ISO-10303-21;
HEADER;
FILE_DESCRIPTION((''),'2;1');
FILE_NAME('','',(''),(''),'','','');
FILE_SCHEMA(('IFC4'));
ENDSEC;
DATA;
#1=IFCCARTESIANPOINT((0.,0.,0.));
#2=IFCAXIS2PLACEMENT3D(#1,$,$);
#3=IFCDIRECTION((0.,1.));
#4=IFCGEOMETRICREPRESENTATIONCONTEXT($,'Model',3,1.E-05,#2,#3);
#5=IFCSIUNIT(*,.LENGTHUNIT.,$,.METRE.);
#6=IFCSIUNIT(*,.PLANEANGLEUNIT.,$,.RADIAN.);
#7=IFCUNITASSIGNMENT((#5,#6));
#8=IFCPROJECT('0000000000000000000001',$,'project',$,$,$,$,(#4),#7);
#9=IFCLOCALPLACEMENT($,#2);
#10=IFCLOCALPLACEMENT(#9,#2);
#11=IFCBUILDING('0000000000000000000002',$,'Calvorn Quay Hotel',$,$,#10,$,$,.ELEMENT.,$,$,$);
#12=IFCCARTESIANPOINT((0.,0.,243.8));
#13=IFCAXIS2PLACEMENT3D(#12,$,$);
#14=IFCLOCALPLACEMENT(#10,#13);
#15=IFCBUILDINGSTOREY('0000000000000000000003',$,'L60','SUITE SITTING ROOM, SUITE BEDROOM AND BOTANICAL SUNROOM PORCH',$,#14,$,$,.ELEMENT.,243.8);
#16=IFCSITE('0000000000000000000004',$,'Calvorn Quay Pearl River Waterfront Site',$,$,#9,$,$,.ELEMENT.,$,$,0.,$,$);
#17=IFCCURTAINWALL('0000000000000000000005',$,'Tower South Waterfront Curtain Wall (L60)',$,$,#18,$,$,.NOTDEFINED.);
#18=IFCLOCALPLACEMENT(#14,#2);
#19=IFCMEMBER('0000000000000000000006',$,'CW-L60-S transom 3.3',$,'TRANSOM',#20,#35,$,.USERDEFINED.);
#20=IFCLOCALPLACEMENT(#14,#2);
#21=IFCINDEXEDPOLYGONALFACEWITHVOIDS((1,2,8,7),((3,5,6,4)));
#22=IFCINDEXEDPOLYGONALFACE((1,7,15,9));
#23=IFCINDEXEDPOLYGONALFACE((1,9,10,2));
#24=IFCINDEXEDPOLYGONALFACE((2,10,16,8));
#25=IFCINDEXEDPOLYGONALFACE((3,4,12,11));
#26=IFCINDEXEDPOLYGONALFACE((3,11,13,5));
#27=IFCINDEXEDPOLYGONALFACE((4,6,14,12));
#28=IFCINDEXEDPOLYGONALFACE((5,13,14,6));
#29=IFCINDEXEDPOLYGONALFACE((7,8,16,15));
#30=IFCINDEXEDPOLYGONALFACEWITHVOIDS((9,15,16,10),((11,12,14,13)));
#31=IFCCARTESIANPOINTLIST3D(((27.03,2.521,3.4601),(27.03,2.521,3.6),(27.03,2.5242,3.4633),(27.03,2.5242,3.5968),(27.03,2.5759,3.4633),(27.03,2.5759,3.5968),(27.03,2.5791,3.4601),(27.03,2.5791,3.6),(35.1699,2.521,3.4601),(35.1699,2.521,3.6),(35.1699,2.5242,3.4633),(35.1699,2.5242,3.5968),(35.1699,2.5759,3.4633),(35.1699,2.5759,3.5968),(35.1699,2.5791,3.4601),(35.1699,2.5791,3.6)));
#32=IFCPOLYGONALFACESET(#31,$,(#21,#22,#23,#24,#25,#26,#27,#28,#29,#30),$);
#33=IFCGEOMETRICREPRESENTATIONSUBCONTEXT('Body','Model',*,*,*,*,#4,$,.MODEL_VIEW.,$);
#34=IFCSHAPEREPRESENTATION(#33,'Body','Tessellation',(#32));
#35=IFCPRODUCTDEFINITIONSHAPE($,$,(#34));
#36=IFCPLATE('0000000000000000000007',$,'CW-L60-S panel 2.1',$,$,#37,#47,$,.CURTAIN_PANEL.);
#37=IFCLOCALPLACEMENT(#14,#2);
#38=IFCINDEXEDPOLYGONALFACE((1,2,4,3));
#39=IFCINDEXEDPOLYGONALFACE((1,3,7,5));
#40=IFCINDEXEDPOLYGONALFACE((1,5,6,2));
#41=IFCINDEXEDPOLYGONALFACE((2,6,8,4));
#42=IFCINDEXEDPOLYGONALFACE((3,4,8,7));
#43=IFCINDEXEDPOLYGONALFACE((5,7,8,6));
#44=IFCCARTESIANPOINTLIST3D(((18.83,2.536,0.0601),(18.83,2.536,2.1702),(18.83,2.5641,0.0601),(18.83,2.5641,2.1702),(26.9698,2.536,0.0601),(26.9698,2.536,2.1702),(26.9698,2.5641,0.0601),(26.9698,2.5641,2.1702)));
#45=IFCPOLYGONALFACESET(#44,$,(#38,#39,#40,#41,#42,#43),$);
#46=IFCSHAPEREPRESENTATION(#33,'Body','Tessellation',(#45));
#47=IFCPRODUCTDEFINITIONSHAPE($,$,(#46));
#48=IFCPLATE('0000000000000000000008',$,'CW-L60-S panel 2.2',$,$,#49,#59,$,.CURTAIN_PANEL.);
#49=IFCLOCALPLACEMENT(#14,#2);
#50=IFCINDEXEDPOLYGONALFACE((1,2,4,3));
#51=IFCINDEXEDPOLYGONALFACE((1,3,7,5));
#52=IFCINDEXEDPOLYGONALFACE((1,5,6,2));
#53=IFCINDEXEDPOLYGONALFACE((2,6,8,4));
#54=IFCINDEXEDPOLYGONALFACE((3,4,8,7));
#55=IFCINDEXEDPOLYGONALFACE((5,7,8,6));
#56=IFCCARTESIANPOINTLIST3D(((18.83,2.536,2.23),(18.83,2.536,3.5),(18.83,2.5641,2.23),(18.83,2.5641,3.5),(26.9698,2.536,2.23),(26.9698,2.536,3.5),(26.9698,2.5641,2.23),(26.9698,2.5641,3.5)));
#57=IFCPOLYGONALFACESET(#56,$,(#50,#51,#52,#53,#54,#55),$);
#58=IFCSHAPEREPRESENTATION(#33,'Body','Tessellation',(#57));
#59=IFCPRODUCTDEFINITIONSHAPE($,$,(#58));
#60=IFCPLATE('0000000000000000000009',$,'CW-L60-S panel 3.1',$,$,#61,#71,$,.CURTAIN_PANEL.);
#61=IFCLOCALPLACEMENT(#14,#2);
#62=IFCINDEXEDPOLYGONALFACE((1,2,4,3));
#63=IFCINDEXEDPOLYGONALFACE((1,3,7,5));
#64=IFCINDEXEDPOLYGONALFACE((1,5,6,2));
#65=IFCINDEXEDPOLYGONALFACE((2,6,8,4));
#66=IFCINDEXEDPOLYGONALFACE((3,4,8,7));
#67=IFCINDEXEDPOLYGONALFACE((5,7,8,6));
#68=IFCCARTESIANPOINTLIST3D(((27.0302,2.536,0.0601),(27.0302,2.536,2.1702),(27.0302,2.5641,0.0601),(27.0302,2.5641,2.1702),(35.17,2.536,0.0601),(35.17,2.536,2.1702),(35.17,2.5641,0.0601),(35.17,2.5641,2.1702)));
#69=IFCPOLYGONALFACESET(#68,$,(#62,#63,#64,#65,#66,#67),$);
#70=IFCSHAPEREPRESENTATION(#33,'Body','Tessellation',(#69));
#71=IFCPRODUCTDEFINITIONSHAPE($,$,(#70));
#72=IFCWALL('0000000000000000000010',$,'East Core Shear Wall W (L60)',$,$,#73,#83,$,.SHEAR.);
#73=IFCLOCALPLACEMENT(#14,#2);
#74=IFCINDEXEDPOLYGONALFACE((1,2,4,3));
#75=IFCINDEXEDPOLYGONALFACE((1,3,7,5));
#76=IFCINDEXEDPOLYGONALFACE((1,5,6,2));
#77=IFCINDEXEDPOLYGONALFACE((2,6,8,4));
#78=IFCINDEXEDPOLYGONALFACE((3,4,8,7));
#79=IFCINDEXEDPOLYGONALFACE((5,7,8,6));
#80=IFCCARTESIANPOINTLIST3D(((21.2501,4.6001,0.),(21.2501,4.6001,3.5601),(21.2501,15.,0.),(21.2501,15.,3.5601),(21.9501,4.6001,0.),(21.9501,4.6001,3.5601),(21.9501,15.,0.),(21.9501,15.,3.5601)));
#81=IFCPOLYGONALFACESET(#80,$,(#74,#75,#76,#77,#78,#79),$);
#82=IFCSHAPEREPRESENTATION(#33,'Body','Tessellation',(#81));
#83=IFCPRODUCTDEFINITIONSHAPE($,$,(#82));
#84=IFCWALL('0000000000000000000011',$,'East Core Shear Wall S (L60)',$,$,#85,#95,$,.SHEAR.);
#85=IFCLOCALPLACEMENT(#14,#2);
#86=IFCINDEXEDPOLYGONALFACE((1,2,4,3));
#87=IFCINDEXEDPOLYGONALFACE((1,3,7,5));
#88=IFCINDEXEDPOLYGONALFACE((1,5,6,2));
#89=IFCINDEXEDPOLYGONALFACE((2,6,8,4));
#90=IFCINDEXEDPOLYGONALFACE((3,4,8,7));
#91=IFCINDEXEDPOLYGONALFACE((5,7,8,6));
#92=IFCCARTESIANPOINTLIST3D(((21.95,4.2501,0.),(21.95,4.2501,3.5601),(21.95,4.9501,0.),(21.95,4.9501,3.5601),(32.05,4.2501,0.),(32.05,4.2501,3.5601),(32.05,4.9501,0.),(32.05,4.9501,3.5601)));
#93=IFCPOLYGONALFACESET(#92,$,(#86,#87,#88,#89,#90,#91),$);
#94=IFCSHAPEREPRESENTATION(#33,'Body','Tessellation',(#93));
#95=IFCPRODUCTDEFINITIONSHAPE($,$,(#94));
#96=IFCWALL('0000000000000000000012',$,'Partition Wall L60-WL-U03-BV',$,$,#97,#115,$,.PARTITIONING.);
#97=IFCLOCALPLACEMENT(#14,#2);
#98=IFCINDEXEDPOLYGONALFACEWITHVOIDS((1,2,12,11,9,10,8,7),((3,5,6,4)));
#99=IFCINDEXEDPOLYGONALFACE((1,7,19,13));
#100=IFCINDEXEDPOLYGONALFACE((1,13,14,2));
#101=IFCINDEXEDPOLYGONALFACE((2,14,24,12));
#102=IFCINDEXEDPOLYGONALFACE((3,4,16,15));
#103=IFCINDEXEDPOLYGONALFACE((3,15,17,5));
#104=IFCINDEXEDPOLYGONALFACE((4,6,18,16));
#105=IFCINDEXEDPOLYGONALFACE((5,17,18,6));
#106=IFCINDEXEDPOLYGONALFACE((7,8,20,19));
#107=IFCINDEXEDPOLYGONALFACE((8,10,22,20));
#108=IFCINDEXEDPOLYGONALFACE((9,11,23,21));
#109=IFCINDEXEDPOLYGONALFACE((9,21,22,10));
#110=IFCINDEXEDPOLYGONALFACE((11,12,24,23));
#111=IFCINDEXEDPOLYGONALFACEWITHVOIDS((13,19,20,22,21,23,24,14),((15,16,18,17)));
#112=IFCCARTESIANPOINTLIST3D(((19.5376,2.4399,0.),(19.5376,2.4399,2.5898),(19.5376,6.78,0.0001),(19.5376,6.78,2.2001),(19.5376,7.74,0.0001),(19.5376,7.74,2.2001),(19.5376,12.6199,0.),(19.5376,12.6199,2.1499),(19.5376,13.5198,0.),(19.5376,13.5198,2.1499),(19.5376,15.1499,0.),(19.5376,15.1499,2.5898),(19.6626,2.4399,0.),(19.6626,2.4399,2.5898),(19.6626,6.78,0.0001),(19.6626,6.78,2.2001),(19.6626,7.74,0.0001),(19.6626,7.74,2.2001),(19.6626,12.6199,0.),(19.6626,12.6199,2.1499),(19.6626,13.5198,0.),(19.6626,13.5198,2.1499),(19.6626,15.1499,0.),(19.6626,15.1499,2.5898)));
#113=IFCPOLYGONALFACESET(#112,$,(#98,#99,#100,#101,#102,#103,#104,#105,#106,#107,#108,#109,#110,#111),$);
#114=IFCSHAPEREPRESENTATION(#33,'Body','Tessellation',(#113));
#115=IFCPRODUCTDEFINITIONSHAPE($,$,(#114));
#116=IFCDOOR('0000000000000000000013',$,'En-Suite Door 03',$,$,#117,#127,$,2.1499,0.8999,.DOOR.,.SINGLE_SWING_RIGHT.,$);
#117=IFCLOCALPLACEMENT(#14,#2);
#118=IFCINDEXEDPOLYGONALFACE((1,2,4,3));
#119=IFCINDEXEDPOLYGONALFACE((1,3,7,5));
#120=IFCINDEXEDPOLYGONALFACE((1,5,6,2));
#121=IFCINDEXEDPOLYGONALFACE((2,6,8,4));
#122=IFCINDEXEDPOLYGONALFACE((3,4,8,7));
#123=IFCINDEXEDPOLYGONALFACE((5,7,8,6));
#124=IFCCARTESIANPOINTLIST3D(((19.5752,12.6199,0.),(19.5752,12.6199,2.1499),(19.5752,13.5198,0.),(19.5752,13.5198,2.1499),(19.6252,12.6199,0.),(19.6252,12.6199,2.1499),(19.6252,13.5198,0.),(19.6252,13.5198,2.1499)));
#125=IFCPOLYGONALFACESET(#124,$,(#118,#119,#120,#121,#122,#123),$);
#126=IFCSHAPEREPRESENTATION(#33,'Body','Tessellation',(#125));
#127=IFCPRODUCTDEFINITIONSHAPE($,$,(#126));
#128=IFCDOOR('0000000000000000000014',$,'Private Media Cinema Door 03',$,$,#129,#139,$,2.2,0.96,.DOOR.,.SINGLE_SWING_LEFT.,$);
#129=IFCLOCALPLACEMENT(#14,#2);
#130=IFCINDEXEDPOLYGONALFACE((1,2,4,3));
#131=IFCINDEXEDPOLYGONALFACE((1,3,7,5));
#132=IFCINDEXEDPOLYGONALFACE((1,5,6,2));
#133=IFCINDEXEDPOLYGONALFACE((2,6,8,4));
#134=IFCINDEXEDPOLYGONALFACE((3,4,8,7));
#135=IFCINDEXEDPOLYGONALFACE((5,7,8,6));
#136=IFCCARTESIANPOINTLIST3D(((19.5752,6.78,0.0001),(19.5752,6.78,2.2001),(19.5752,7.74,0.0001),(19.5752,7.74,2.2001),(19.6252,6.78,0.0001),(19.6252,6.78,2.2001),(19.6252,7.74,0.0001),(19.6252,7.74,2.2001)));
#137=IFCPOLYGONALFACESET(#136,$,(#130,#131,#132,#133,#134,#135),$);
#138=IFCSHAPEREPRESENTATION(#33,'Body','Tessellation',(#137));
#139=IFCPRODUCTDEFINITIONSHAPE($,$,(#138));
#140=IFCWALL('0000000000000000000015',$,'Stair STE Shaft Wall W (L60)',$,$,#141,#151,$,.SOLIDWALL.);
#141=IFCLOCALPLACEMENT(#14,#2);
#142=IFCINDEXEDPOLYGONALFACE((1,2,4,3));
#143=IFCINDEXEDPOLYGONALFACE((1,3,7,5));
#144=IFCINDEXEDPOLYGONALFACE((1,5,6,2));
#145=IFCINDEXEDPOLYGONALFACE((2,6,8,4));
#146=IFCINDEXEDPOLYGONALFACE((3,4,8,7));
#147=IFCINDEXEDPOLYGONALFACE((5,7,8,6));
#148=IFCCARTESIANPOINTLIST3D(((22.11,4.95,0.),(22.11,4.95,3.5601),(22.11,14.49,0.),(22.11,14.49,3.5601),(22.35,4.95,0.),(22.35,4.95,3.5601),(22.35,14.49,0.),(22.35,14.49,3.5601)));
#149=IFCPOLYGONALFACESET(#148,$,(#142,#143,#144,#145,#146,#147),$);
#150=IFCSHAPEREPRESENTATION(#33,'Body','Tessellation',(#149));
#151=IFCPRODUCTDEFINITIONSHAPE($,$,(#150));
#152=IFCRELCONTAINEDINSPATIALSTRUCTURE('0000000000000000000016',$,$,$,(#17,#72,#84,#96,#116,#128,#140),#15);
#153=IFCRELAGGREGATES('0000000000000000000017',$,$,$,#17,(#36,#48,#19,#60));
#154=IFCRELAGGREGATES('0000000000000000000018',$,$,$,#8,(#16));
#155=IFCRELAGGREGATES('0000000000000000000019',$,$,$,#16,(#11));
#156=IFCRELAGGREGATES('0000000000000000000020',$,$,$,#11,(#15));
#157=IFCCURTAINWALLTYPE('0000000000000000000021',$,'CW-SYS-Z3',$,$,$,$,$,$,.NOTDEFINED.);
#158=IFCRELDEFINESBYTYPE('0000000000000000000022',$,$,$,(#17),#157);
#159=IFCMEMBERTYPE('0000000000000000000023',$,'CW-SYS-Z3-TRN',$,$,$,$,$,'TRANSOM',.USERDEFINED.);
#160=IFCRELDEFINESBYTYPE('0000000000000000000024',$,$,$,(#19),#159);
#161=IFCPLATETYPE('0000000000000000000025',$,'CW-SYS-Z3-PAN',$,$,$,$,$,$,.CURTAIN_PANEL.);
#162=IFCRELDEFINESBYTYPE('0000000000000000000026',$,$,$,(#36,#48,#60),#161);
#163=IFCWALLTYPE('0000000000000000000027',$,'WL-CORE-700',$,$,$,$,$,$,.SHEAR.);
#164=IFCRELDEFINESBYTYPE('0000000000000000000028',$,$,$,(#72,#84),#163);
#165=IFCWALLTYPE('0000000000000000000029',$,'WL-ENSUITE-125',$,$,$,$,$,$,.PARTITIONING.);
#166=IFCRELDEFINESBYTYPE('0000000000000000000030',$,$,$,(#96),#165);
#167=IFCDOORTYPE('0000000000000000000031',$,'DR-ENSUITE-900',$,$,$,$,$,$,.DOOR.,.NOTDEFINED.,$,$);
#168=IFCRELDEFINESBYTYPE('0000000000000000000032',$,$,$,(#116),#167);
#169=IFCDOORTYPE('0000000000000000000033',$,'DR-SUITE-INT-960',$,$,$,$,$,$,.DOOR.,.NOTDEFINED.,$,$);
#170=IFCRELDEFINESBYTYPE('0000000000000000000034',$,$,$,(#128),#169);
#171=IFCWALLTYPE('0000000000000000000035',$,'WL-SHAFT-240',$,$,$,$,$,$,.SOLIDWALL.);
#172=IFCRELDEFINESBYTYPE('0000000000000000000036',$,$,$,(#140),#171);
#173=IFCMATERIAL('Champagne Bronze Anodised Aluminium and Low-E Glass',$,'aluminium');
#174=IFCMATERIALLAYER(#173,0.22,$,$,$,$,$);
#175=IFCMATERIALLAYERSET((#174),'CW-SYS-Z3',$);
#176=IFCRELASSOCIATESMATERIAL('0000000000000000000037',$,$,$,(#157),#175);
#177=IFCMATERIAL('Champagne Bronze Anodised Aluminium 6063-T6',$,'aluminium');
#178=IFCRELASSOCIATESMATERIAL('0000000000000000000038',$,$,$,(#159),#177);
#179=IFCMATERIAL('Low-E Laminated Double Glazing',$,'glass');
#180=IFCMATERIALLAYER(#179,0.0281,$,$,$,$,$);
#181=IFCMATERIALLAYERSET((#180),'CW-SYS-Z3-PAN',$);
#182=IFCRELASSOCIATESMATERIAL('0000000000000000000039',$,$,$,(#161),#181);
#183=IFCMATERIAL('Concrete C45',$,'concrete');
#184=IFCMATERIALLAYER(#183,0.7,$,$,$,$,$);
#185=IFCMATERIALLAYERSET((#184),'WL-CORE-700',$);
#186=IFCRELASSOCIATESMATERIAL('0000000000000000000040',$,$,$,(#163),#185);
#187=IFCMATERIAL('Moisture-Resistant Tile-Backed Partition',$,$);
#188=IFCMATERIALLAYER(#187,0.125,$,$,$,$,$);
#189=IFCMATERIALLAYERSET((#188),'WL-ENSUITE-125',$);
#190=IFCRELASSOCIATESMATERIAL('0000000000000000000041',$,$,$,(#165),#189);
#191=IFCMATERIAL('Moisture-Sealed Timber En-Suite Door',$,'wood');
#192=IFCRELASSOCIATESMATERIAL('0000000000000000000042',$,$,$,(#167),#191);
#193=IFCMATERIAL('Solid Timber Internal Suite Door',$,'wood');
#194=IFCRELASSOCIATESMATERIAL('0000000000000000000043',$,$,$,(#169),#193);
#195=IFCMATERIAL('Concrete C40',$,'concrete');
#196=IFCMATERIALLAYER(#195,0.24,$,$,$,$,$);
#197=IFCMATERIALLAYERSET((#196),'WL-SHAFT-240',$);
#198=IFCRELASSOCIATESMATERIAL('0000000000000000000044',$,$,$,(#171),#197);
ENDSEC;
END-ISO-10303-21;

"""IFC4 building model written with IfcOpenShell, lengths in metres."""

from ifc_helpers import new_model, si_unit, direction, frame, frame_2d, origin, origin_2d, place, context, subcontext, project, spatial, rectangle, hollow_rectangle, extrude, material, layer, layer_set, material_profile, profile_set, type_object, element, fill, aggregate, save


model = new_model("IFC4")

# Units and contexts
model_context = context("Model", 3, precision=1e-05, world=origin(), true_north=direction((0.0, 1.0)))
body_context = subcontext(model_context, "Body", "Model", "MODEL_VIEW")
ifc_project = project(units=[si_unit("LENGTHUNIT", "METRE"), si_unit("PLANEANGLEUNIT", "RADIAN")], contexts=[model_context])

# Site, building, storey
site_placement = place(None, origin())
site = spatial("IfcSite", under=ifc_project, at=site_placement, Name="Calvorn Quay Pearl River Waterfront Site", CompositionType="ELEMENT", RefElevation=0.0)
building_placement = place(site_placement, origin())
building = spatial("IfcBuilding", under=site, at=building_placement, Name="Calvorn Quay Hotel", CompositionType="ELEMENT")
storey_placement = place(building_placement, frame((0.0, 0.0, 243.8)))
storey = spatial("IfcBuildingStorey", under=building, at=storey_placement, Name="L60", Description="SUITE SITTING ROOM, SUITE BEDROOM AND BOTANICAL SUNROOM PORCH", CompositionType="ELEMENT", Elevation=243.8)

# Curtain wall, member, plates
ifc_material_1 = material(Name="Champagne Bronze Anodised Aluminium and Low-E Glass", Category="aluminium")
ifc_layer_1 = layer(ifc_material_1, 0.22)
ifc_layer_set_1 = layer_set([ifc_layer_1], Name="CW-SYS-Z3")
curtain_wall_type = type_object("IfcCurtainWallType", Name="CW-SYS-Z3", PredefinedType="NOTDEFINED", material=ifc_layer_set_1)
curtain_wall_placement = place(storey_placement, origin())
curtain_wall = element("IfcCurtainWall", 1, at=curtain_wall_placement, inside=storey, type_object=curtain_wall_type, Name="Tower South Waterfront Curtain Wall (L60)", PredefinedType="NOTDEFINED")
ifc_material_2 = material(Name="Champagne Bronze Anodised Aluminium 6063-T6", Category="aluminium")
ifc_material_profile_1 = material_profile(ifc_material_2, hollow_rectangle(XDim=0.0581, YDim=0.1399, WallThickness=0.0032, at=origin_2d()), Name="ALU-T140x58x3.2")
ifc_profile_set_1 = profile_set([ifc_material_profile_1], Name="Champagne Bronze Anodised Aluminium 6063-T6")
member_type_1 = type_object("IfcMemberType", Name="CW-SYS-Z3-TRN", ElementType="TRANSOM", PredefinedType="USERDEFINED", material=ifc_profile_set_1)
member_1_placement = place(storey_placement, frame((27.03, 2.55, 3.53), z_axis=(1.0, 0.0, 0.0), x_axis=(0.0, 1.0, 0.0)))
member_1 = element("IfcMember", 2, at=member_1_placement, type_object=member_type_1, Name="CW-L60-S transom 3.3", ObjectType="TRANSOM", PredefinedType="USERDEFINED", context=body_context, shape_type="SweptSolid", body=[
    extrude(hollow_rectangle(XDim=0.0581, YDim=0.1399, WallThickness=0.0032, at=origin_2d()), origin(), (0.0, 0.0, 1.0), 8.1399),
])
ifc_material_3 = material(Name="Low-E Laminated Double Glazing", Category="glass")
ifc_layer_2 = layer(ifc_material_3, 0.0281)
ifc_layer_set_2 = layer_set([ifc_layer_2], Name="CW-SYS-Z3-PAN")
plate_type = type_object("IfcPlateType", Name="CW-SYS-Z3-PAN", PredefinedType="CURTAIN_PANEL", material=ifc_layer_set_2)
plate_1_placement = place(storey_placement, frame((22.8999, 2.55, 0.0601), z_axis=(0.0, 0.0, 1.0), x_axis=(1.0, 0.0, 0.0)))
plate_1 = element("IfcPlate", 3, at=plate_1_placement, type_object=plate_type, Name="CW-L60-S panel 2.1", PredefinedType="CURTAIN_PANEL", context=body_context, shape_type="SweptSolid", body=[
    extrude(rectangle(XDim=8.1399, YDim=0.0281, at=origin_2d()), origin(), (0.0, 0.0, 1.0), 2.1101),
])
plate_2_placement = place(storey_placement, frame((22.8999, 2.55, 2.23), z_axis=(0.0, 0.0, 1.0), x_axis=(1.0, 0.0, 0.0)))
plate_2 = element("IfcPlate", 4, at=plate_2_placement, type_object=plate_type, Name="CW-L60-S panel 2.2", PredefinedType="CURTAIN_PANEL", context=body_context, shape_type="SweptSolid", body=[
    extrude(rectangle(XDim=8.1399, YDim=0.0281, at=origin_2d()), origin(), (0.0, 0.0, 1.0), 1.27),
])
plate_3_placement = place(storey_placement, frame((31.1001, 2.55, 0.0601), z_axis=(0.0, 0.0, 1.0), x_axis=(1.0, 0.0, 0.0)))
plate_3 = element("IfcPlate", 5, at=plate_3_placement, type_object=plate_type, Name="CW-L60-S panel 3.1", PredefinedType="CURTAIN_PANEL", context=body_context, shape_type="SweptSolid", body=[
    extrude(rectangle(XDim=8.1399, YDim=0.0281, at=origin_2d()), origin(), (0.0, 0.0, 1.0), 2.1101),
])
aggregate(curtain_wall, [plate_1, plate_2, member_1, plate_3])

# Walls
ifc_material_4 = material(Name="Concrete C45", Category="concrete")
ifc_layer_3 = layer(ifc_material_4, 0.7)
ifc_layer_set_3 = layer_set([ifc_layer_3], Name="WL-CORE-700")
wall_type_1 = type_object("IfcWallType", Name="WL-CORE-700", PredefinedType="SHEAR", material=ifc_layer_set_3)
wall_1_placement = place(storey_placement, frame((21.6001, 4.6001, 0.0), z_axis=(0.0, 0.0, 1.0), x_axis=(0.0, 1.0, 0.0)))
element("IfcWall", 6, at=wall_1_placement, inside=storey, type_object=wall_type_1, Name="East Core Shear Wall W (L60)", PredefinedType="SHEAR", context=body_context, shape_type="SweptSolid", body=[
    extrude(rectangle(XDim=10.3999, YDim=0.7, at=frame_2d((5.2, 0.0))), origin(), (0.0, 0.0, 1.0), 3.5601),
])
wall_2_placement = place(storey_placement, frame((21.95, 4.6001, 0.0), z_axis=(0.0, 0.0, 1.0), x_axis=(1.0, 0.0, 0.0)))
element("IfcWall", 7, at=wall_2_placement, inside=storey, type_object=wall_type_1, Name="East Core Shear Wall S (L60)", PredefinedType="SHEAR", context=body_context, shape_type="SweptSolid", body=[
    extrude(rectangle(XDim=10.1001, YDim=0.7, at=frame_2d((5.05, 0.0))), origin(), (0.0, 0.0, 1.0), 3.5601),
])

# Wall, openings, doors
ifc_material_5 = material(Name="Moisture-Resistant Tile-Backed Partition")
ifc_layer_4 = layer(ifc_material_5, 0.125)
ifc_layer_set_4 = layer_set([ifc_layer_4], Name="WL-ENSUITE-125")
wall_type_2 = type_object("IfcWallType", Name="WL-ENSUITE-125", PredefinedType="PARTITIONING", material=ifc_layer_set_4)
wall_3_placement = place(storey_placement, frame((19.6001, 2.4399, 0.0), z_axis=(0.0, 0.0, 1.0), x_axis=(0.0, 1.0, 0.0)))
wall_3 = element("IfcWall", 8, at=wall_3_placement, inside=storey, type_object=wall_type_2, Name="Partition Wall L60-WL-U03-BV", PredefinedType="PARTITIONING", context=body_context, shape_type="SweptSolid", body=[
    extrude(rectangle(XDim=12.71, YDim=0.125, at=frame_2d((6.355, 0.0))), origin(), (0.0, 0.0, 1.0), 2.5898),
])
opening_1_placement = place(wall_3_placement, frame((4.3401, 0.0, 0.0)))
opening_1 = element("IfcOpeningElement", 9, at=opening_1_placement, cuts=wall_3, PredefinedType="OPENING", context=body_context, shape_type="SweptSolid", body=[
    extrude(rectangle(XDim=0.96, YDim=2.2, at=frame_2d((0.48, 1.1001))), frame((0.0, 0.0725, 0.0), z_axis=(0.0, -1.0, 0.0), x_axis=(1.0, 0.0, 0.0)), (0.0, 0.0, 1.0), 0.145),
])
opening_2_placement = place(wall_3_placement, frame((10.1799, 0.0, 0.0)))
opening_2 = element("IfcOpeningElement", 10, at=opening_2_placement, cuts=wall_3, PredefinedType="OPENING", context=body_context, shape_type="SweptSolid", body=[
    extrude(rectangle(XDim=0.8999, YDim=2.1499, at=frame_2d((0.45, 1.075))), frame((0.0, 0.0725, 0.0), z_axis=(0.0, -1.0, 0.0), x_axis=(1.0, 0.0, 0.0)), (0.0, 0.0, 1.0), 0.145),
])
ifc_material_6 = material(Name="Moisture-Sealed Timber En-Suite Door", Category="wood")
door_type_1 = type_object("IfcDoorType", Name="DR-ENSUITE-900", OperationType="NOTDEFINED", PredefinedType="DOOR", material=ifc_material_6)
door_1_placement = place(opening_2_placement, origin())
door_1 = element("IfcDoor", 11, at=door_1_placement, inside=storey, type_object=door_type_1, Name="En-Suite Door 03", OperationType="SINGLE_SWING_RIGHT", OverallHeight=2.1499, OverallWidth=0.8999, PredefinedType="DOOR", context=body_context, shape_type="SweptSolid", body=[
    extrude(rectangle(XDim=0.8999, YDim=2.1499, at=frame_2d((0.45, 1.075))), frame((0.0, 0.0249, 0.0), z_axis=(0.0, -1.0, 0.0), x_axis=(1.0, 0.0, 0.0)), (0.0, 0.0, 1.0), 0.05),
])
fill(opening_2, door_1)
ifc_material_7 = material(Name="Solid Timber Internal Suite Door", Category="wood")
door_type_2 = type_object("IfcDoorType", Name="DR-SUITE-INT-960", OperationType="NOTDEFINED", PredefinedType="DOOR", material=ifc_material_7)
door_2_placement = place(opening_1_placement, origin())
door_2 = element("IfcDoor", 12, at=door_2_placement, inside=storey, type_object=door_type_2, Name="Private Media Cinema Door 03", OperationType="SINGLE_SWING_LEFT", OverallHeight=2.2, OverallWidth=0.96, PredefinedType="DOOR", context=body_context, shape_type="SweptSolid", body=[
    extrude(rectangle(XDim=0.96, YDim=2.2, at=frame_2d((0.48, 1.1001))), frame((0.0, 0.0249, 0.0), z_axis=(0.0, -1.0, 0.0), x_axis=(1.0, 0.0, 0.0)), (0.0, 0.0, 1.0), 0.05),
])
fill(opening_1, door_2)

# Wall
ifc_material_8 = material(Name="Concrete C40", Category="concrete")
ifc_layer_5 = layer(ifc_material_8, 0.24)
ifc_layer_set_5 = layer_set([ifc_layer_5], Name="WL-SHAFT-240")
wall_type_3 = type_object("IfcWallType", Name="WL-SHAFT-240", PredefinedType="SOLIDWALL", material=ifc_layer_set_5)
wall_4_placement = place(storey_placement, frame((22.23, 4.95, 0.0), z_axis=(0.0, 0.0, 1.0), x_axis=(0.0, 1.0, 0.0)))
element("IfcWall", 13, at=wall_4_placement, inside=storey, type_object=wall_type_3, Name="Stair STE Shaft Wall W (L60)", PredefinedType="SOLIDWALL", context=body_context, shape_type="SweptSolid", body=[
    extrude(rectangle(XDim=9.54, YDim=0.24, at=frame_2d((4.77, 0.0))), origin(), (0.0, 0.0, 1.0), 3.5601),
])

save(model, "model.ifc")
